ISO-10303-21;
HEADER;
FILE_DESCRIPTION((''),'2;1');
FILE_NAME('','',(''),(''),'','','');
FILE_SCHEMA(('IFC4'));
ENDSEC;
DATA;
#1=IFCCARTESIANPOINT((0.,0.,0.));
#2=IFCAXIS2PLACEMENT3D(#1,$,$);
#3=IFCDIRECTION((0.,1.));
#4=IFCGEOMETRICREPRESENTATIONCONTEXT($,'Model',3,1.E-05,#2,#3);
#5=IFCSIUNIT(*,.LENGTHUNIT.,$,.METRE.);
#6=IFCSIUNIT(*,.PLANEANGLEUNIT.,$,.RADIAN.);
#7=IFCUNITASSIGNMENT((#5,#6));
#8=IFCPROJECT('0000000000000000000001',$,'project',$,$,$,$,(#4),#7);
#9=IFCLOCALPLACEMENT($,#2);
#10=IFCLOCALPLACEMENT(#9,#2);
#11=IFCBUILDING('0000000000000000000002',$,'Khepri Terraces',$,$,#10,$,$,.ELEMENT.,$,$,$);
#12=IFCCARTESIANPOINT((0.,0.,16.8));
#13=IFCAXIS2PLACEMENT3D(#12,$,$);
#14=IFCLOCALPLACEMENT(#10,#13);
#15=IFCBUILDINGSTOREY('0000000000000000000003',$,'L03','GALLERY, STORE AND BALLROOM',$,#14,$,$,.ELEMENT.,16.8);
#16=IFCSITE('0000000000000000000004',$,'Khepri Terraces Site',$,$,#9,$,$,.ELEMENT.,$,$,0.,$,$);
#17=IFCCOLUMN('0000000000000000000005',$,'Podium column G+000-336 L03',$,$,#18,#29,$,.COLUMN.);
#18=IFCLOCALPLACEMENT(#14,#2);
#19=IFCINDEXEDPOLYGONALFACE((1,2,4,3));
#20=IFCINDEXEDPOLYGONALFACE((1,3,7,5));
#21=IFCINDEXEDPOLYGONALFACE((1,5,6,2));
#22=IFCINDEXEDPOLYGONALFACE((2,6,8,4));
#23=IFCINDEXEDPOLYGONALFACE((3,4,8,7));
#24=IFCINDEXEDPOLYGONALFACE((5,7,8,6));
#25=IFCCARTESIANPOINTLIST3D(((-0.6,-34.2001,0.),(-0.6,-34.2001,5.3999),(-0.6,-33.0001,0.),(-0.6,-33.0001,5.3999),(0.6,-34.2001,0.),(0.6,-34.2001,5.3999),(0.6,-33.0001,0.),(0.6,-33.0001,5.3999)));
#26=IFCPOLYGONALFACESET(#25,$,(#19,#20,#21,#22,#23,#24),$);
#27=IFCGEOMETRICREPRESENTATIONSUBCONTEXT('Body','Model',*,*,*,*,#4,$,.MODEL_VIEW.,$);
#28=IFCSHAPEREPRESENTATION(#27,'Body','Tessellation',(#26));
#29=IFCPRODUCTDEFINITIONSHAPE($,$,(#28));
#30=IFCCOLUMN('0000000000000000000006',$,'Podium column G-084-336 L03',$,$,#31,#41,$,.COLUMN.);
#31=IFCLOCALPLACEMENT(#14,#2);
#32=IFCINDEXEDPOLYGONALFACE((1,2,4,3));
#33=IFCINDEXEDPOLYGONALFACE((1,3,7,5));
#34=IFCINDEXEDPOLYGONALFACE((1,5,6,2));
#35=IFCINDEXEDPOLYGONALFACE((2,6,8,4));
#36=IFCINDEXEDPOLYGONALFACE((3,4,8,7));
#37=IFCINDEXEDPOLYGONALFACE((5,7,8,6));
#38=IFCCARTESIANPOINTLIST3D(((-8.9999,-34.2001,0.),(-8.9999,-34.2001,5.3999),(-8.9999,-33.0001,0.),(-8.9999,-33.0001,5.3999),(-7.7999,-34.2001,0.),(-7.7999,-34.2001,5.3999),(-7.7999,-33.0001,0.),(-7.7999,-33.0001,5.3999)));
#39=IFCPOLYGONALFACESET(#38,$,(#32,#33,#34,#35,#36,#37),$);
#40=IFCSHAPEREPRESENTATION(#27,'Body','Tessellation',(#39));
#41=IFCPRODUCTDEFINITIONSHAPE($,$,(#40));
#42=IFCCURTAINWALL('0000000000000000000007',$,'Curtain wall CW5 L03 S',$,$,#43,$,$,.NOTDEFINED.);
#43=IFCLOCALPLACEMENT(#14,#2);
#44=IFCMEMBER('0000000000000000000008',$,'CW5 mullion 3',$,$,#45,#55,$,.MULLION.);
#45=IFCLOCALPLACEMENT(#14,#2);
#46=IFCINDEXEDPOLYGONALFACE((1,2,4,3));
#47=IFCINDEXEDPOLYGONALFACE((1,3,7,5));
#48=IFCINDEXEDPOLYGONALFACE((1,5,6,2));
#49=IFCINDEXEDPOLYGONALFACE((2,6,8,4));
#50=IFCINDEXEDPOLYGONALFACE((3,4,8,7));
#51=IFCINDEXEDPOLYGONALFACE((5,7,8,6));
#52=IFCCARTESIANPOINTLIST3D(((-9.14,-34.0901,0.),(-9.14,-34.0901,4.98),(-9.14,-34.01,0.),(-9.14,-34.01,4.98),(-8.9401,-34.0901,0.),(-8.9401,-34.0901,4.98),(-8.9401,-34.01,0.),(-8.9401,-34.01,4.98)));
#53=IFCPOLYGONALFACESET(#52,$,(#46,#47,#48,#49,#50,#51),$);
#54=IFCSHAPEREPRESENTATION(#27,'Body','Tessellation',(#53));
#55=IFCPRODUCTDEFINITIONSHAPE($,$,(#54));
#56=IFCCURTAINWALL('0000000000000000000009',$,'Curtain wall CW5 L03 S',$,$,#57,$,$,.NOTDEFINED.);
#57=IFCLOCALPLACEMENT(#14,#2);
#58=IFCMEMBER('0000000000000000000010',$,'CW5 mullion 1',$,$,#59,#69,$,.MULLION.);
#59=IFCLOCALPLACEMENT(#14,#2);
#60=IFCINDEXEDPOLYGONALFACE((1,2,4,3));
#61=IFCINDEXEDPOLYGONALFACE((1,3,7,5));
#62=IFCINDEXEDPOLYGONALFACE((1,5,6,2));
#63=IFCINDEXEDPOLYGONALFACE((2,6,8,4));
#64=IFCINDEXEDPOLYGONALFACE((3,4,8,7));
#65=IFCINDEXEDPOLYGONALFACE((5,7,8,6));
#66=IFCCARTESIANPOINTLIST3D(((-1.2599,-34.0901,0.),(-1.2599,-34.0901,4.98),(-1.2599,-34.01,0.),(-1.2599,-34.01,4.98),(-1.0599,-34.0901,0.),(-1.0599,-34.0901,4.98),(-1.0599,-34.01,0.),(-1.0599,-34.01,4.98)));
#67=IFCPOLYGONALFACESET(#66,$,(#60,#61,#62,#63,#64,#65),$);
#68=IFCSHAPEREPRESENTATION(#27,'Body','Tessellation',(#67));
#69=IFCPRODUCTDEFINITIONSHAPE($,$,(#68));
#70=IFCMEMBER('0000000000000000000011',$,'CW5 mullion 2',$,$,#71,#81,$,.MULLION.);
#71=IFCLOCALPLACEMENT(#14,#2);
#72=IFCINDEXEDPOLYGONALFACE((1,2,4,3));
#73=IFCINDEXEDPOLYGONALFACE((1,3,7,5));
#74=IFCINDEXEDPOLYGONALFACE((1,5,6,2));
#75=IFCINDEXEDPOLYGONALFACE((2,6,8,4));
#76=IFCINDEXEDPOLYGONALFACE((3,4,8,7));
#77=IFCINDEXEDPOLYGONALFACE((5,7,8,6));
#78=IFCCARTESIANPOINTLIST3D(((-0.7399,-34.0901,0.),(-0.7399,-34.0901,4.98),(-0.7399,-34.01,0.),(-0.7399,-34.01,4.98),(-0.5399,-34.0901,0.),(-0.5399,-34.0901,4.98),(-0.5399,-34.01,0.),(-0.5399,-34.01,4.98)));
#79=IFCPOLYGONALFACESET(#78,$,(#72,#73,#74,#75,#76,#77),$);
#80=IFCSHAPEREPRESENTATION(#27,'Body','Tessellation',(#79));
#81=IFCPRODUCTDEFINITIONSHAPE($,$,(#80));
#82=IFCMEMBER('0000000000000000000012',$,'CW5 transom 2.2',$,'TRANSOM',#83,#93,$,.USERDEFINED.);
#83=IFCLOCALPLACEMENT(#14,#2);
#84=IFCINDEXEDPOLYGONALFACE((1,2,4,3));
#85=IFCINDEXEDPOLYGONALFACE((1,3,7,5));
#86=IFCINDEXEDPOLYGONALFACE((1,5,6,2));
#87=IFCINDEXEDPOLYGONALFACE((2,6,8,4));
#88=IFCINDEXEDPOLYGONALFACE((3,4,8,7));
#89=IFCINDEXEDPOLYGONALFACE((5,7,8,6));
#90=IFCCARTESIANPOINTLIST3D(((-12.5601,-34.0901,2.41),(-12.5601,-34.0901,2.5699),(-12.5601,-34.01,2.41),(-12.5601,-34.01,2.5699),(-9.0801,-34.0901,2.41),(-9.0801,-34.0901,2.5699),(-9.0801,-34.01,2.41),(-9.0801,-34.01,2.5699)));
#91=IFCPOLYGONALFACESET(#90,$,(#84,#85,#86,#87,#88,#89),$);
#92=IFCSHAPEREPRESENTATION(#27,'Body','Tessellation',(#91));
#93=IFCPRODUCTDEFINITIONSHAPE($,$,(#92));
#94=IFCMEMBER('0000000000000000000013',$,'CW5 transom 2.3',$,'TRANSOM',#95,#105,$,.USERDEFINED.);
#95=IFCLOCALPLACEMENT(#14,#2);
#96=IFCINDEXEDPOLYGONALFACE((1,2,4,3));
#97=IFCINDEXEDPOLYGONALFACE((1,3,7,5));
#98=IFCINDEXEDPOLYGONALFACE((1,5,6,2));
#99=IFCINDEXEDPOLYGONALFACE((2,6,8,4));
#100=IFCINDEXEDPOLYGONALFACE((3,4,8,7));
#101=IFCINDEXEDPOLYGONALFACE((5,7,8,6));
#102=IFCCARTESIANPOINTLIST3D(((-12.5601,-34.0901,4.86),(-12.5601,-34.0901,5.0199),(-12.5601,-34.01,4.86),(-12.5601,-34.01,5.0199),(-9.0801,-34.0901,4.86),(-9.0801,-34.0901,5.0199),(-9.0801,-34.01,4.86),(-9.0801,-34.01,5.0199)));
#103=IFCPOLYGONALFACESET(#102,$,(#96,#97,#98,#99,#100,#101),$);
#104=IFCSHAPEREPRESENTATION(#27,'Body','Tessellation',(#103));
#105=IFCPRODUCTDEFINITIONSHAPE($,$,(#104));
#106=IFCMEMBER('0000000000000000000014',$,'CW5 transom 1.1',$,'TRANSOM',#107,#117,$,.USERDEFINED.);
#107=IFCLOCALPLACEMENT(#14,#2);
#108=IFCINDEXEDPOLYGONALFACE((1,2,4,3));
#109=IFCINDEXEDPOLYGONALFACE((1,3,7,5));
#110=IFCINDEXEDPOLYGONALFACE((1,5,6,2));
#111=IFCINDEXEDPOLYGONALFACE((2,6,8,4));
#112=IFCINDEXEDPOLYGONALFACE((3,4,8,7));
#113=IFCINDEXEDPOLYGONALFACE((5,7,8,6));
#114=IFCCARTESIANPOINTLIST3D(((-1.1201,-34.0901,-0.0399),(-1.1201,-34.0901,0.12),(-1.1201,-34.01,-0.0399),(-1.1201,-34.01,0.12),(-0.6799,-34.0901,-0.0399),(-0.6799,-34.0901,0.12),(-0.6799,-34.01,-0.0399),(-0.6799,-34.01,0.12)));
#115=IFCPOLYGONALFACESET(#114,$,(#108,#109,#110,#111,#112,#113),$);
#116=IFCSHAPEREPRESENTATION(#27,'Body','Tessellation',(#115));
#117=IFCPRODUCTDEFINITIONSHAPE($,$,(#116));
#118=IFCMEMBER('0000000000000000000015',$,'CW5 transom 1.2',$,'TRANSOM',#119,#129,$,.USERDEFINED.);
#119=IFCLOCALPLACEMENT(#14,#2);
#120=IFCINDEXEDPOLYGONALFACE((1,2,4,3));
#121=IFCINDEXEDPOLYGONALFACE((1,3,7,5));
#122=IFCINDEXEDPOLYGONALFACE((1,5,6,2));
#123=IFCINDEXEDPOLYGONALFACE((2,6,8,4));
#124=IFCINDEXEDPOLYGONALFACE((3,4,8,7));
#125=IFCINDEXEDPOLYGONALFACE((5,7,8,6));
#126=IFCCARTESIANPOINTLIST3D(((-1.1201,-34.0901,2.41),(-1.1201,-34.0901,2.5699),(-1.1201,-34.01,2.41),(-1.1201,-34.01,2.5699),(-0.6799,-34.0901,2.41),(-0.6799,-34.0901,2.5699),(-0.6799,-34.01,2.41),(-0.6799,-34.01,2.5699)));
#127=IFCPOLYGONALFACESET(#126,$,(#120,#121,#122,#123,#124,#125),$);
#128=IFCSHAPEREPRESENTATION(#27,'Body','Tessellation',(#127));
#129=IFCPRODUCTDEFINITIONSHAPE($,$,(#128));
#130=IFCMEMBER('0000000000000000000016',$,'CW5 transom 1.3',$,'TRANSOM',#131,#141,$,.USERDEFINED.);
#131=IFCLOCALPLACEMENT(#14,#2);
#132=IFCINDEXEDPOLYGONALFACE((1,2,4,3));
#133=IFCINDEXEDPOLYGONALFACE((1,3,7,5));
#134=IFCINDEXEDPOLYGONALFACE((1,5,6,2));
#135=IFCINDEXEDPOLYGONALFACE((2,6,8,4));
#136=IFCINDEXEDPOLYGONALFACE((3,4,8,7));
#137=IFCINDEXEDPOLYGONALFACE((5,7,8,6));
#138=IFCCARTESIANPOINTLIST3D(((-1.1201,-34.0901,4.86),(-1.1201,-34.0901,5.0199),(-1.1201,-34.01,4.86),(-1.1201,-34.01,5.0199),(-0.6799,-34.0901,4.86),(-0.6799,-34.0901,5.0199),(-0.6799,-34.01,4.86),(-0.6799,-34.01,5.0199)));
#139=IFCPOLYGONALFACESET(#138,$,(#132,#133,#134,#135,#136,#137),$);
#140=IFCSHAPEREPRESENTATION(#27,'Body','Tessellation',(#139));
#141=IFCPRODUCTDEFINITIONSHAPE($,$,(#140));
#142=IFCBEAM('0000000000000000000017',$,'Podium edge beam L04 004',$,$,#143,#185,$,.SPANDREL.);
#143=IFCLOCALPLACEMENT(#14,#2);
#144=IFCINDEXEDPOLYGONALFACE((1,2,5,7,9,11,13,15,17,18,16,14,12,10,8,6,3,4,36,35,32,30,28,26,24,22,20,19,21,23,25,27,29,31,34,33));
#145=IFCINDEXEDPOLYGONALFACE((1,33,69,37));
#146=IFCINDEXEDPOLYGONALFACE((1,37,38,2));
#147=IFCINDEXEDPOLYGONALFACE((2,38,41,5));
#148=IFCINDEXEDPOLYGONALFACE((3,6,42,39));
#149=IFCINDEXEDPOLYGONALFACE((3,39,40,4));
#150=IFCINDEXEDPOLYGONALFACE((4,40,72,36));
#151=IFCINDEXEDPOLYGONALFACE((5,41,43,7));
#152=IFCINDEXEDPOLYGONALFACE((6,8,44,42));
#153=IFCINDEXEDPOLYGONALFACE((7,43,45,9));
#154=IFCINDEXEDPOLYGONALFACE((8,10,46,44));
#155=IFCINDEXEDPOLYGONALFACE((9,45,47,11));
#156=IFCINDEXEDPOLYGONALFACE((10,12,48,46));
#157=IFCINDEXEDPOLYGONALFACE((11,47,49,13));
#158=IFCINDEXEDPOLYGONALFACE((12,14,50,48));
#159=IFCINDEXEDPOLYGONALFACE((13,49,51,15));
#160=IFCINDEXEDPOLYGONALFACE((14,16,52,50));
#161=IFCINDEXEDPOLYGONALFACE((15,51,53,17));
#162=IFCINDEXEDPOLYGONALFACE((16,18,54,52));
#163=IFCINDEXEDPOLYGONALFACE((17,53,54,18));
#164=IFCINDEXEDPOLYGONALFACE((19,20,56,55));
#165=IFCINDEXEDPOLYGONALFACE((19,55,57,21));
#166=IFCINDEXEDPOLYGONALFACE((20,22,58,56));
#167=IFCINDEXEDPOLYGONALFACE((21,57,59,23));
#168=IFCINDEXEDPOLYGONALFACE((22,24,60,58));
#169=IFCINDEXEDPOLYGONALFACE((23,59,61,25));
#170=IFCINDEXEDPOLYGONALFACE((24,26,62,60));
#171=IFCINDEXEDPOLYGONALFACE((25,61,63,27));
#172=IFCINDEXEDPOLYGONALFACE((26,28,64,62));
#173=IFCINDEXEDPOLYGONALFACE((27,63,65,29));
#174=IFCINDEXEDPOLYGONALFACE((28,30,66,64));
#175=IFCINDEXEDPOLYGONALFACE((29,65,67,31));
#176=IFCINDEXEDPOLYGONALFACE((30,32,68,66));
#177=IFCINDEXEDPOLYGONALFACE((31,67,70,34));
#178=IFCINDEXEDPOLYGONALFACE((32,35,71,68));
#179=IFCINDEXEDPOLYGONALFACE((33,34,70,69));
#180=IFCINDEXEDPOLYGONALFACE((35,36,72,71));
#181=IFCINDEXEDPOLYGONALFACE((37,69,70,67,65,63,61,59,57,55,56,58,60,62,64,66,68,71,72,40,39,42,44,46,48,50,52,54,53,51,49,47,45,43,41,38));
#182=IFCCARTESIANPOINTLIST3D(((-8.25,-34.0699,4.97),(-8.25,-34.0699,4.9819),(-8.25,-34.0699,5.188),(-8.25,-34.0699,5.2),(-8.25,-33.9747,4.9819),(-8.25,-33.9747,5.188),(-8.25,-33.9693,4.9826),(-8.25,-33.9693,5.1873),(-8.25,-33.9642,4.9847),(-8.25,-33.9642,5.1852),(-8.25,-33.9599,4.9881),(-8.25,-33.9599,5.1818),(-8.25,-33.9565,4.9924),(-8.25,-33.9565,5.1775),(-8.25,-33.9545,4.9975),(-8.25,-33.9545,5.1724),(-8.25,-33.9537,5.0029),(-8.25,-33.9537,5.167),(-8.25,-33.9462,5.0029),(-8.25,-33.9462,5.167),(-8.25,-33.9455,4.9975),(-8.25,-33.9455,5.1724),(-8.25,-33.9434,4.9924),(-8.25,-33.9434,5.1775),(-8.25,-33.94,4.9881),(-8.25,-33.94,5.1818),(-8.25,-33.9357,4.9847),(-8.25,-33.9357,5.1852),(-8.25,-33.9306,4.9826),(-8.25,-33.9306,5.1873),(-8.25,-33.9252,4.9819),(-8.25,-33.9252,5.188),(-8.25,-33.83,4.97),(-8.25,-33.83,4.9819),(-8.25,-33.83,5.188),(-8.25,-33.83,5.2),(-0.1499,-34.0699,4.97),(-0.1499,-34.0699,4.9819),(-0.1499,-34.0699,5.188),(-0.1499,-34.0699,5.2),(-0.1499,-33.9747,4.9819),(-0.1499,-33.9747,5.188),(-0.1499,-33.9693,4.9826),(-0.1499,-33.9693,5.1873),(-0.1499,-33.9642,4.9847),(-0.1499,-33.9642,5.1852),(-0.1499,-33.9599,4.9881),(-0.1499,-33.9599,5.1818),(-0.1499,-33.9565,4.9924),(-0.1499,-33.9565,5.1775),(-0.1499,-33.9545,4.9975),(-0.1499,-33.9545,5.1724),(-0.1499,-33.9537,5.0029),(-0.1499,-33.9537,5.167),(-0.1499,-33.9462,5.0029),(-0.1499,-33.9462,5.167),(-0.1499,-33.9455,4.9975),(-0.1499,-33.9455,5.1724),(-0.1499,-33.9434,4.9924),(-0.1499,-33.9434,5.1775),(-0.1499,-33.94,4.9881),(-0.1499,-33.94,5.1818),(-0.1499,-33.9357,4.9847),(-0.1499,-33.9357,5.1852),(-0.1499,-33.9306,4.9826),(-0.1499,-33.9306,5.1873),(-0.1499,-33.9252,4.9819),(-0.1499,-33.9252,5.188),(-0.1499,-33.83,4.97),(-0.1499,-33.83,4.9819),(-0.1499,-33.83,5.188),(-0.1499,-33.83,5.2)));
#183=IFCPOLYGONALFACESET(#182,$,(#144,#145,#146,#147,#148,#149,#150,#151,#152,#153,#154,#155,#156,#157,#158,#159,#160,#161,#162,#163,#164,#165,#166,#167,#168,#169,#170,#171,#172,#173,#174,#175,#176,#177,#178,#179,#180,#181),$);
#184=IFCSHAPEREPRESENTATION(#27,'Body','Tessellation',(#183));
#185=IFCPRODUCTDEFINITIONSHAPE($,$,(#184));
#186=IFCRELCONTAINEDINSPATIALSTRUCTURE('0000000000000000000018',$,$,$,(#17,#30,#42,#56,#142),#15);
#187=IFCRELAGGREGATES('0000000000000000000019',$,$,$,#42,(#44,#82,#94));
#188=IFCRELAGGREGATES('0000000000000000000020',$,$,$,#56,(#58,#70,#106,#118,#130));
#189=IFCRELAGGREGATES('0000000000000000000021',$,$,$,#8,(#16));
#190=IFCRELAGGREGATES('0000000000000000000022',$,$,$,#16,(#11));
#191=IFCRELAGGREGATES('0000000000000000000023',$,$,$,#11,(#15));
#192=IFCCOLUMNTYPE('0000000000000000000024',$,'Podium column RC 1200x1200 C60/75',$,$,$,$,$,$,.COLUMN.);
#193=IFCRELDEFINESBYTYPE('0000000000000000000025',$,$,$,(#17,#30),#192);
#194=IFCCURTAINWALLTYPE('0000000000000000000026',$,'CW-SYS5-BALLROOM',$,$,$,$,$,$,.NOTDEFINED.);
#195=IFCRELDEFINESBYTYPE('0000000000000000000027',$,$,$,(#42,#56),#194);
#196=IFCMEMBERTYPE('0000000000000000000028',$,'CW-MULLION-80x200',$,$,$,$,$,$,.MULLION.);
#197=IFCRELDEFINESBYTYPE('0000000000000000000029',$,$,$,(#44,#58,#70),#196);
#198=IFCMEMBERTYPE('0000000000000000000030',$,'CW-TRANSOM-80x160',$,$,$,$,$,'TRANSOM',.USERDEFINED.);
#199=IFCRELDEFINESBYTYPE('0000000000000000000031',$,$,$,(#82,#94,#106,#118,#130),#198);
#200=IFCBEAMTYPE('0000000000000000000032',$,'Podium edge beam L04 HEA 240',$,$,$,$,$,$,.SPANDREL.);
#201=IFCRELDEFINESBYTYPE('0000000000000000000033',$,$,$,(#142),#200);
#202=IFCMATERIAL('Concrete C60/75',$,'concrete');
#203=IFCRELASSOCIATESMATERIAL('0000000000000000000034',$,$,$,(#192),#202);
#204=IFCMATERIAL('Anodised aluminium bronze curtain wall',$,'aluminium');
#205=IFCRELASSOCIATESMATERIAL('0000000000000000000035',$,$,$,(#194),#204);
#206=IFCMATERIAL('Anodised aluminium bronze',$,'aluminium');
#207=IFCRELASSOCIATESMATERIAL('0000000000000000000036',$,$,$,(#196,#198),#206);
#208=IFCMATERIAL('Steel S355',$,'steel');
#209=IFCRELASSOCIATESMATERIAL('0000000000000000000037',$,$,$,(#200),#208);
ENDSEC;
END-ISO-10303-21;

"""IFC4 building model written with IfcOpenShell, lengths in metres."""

from ifc_helpers import new_model, si_unit, direction, frame, origin, origin_2d, place, context, subcontext, project, spatial, rectangle, i_section, extrude, material, material_profile, profile_set, type_object, element, aggregate, save


model = new_model("IFC4")

# Units and contexts
model_context = context("Model", 3, precision=1e-05, world=origin(), true_north=direction((0.0, 1.0)))
body_context = subcontext(model_context, "Body", "Model", "MODEL_VIEW")
ifc_project = project(units=[si_unit("LENGTHUNIT", "METRE"), si_unit("PLANEANGLEUNIT", "RADIAN")], contexts=[model_context])

# Site, building, storey
site_placement = place(None, origin())
site = spatial("IfcSite", under=ifc_project, at=site_placement, Name="Khepri Terraces Site", CompositionType="ELEMENT", RefElevation=0.0)
building_placement = place(site_placement, origin())
building = spatial("IfcBuilding", under=site, at=building_placement, Name="Khepri Terraces", CompositionType="ELEMENT")
storey_placement = place(building_placement, frame((0.0, 0.0, 16.8)))
storey = spatial("IfcBuildingStorey", under=building, at=storey_placement, Name="L03", Description="GALLERY, STORE AND BALLROOM", CompositionType="ELEMENT", Elevation=16.8)

# Columns
ifc_material_1 = material(Name="Concrete C60/75", Category="concrete")
ifc_material_profile_1 = material_profile(ifc_material_1, rectangle(XDim=1.2, YDim=1.2, at=origin_2d()), Name="Concrete C60/75", Category="concrete")
ifc_profile_set_1 = profile_set([ifc_material_profile_1], Name="Concrete C60/75")
column_type = type_object("IfcColumnType", Name="Podium column RC 1200x1200 C60/75", PredefinedType="COLUMN", material=ifc_profile_set_1)
for number, where, z_axis, x_axis, name in (
    (1, (0.0, -33.6001, 0.0), (0.0, 0.0, 1.0), (1.0, 0.0, 0.0), "Podium column G+000-336 L03"),
    (2, (-8.3999, -33.6001, 0.0), (0.0, 0.0, 1.0), (1.0, 0.0, 0.0), "Podium column G-084-336 L03"),
):
    element("IfcColumn", number, at=place(storey_placement, frame(where, z_axis=z_axis, x_axis=x_axis)), inside=storey, type_object=column_type, Name=name, PredefinedType="COLUMN", context=body_context, shape_type="SweptSolid", body=[
        extrude(rectangle(XDim=1.2, YDim=1.2, at=origin_2d()), origin(), (0.0, 0.0, 1.0), 5.3999),
    ])

# Curtain wall, member
ifc_material_2 = material(Name="Anodised aluminium bronze curtain wall", Category="aluminium")
curtain_wall_type = type_object("IfcCurtainWallType", Name="CW-SYS5-BALLROOM", PredefinedType="NOTDEFINED", material=ifc_material_2)
curtain_wall_1_placement = place(storey_placement, origin())
curtain_wall_1 = element("IfcCurtainWall", 3, at=curtain_wall_1_placement, inside=storey, type_object=curtain_wall_type, Name="Curtain wall CW5 L03 S", PredefinedType="NOTDEFINED")
ifc_material_3 = material(Name="Anodised aluminium bronze", Category="aluminium")
ifc_material_profile_2 = material_profile(ifc_material_3, rectangle(XDim=0.0801, YDim=0.2, at=origin_2d()), Name="Anodised aluminium bronze", Category="aluminium")
ifc_profile_set_2 = profile_set([ifc_material_profile_2], Name="Anodised aluminium bronze")
member_type_1 = type_object("IfcMemberType", Name="CW-MULLION-80x200", PredefinedType="MULLION", material=ifc_profile_set_2)
member_1_placement = place(storey_placement, frame((-9.04, -34.05, 0.0), z_axis=(0.0, 0.0, 1.0), x_axis=(0.0, 1.0, 0.0)))
member_1 = element("IfcMember", 4, at=member_1_placement, type_object=member_type_1, Name="CW5 mullion 3", PredefinedType="MULLION", context=body_context, shape_type="SweptSolid", body=[
    extrude(rectangle(XDim=0.0801, YDim=0.2, at=origin_2d()), origin(), (0.0, 0.0, 1.0), 4.98),
])

# Curtain wall, members
curtain_wall_2_placement = place(storey_placement, origin())
curtain_wall_2 = element("IfcCurtainWall", 5, at=curtain_wall_2_placement, inside=storey, type_object=curtain_wall_type, Name="Curtain wall CW5 L03 S", PredefinedType="NOTDEFINED")
member_2_placement = place(storey_placement, frame((-1.1599, -34.05, 0.0), z_axis=(0.0, 0.0, 1.0), x_axis=(0.0, 1.0, 0.0)))
member_2 = element("IfcMember", 6, at=member_2_placement, type_object=member_type_1, Name="CW5 mullion 1", PredefinedType="MULLION", context=body_context, shape_type="SweptSolid", body=[
    extrude(rectangle(XDim=0.0801, YDim=0.2, at=origin_2d()), origin(), (0.0, 0.0, 1.0), 4.98),
])
member_3_placement = place(storey_placement, frame((-0.6399, -34.05, 0.0), z_axis=(0.0, 0.0, 1.0), x_axis=(0.0, 1.0, 0.0)))
member_3 = element("IfcMember", 7, at=member_3_placement, type_object=member_type_1, Name="CW5 mullion 2", PredefinedType="MULLION", context=body_context, shape_type="SweptSolid", body=[
    extrude(rectangle(XDim=0.0801, YDim=0.2, at=origin_2d()), origin(), (0.0, 0.0, 1.0), 4.98),
])

# Members
ifc_material_profile_3 = material_profile(ifc_material_3, rectangle(XDim=0.0801, YDim=0.1599, at=origin_2d()), Name="Anodised aluminium bronze", Category="aluminium")
ifc_profile_set_3 = profile_set([ifc_material_profile_3], Name="Anodised aluminium bronze")
member_type_2 = type_object("IfcMemberType", Name="CW-TRANSOM-80x160", ElementType="TRANSOM", PredefinedType="USERDEFINED", material=ifc_profile_set_3)
member_4_placement = place(storey_placement, frame((-12.5601, -34.05, 2.49), z_axis=(1.0, 0.0, 0.0), x_axis=(0.0, 1.0, 0.0)))
member_4 = element("IfcMember", 8, at=member_4_placement, type_object=member_type_2, Name="CW5 transom 2.2", ObjectType="TRANSOM", PredefinedType="USERDEFINED", context=body_context, shape_type="SweptSolid", body=[
    extrude(rectangle(XDim=0.0801, YDim=0.1599, at=origin_2d()), origin(), (0.0, 0.0, 1.0), 3.48),
])
member_5_placement = place(storey_placement, frame((-12.5601, -34.05, 4.9399), z_axis=(1.0, 0.0, 0.0), x_axis=(0.0, 1.0, 0.0)))
member_5 = element("IfcMember", 9, at=member_5_placement, type_object=member_type_2, Name="CW5 transom 2.3", ObjectType="TRANSOM", PredefinedType="USERDEFINED", context=body_context, shape_type="SweptSolid", body=[
    extrude(rectangle(XDim=0.0801, YDim=0.1599, at=origin_2d()), origin(), (0.0, 0.0, 1.0), 3.48),
])
member_6_placement = place(storey_placement, frame((-1.1201, -34.05, 0.04), z_axis=(1.0, 0.0, 0.0), x_axis=(0.0, 1.0, 0.0)))
member_6 = element("IfcMember", 10, at=member_6_placement, type_object=member_type_2, Name="CW5 transom 1.1", ObjectType="TRANSOM", PredefinedType="USERDEFINED", context=body_context, shape_type="SweptSolid", body=[
    extrude(rectangle(XDim=0.0801, YDim=0.1599, at=origin_2d()), origin(), (0.0, 0.0, 1.0), 0.4402),
])
member_7_placement = place(storey_placement, frame((-1.1201, -34.05, 2.49), z_axis=(1.0, 0.0, 0.0), x_axis=(0.0, 1.0, 0.0)))
member_7 = element("IfcMember", 11, at=member_7_placement, type_object=member_type_2, Name="CW5 transom 1.2", ObjectType="TRANSOM", PredefinedType="USERDEFINED", context=body_context, shape_type="SweptSolid", body=[
    extrude(rectangle(XDim=0.0801, YDim=0.1599, at=origin_2d()), origin(), (0.0, 0.0, 1.0), 0.4402),
])
member_8_placement = place(storey_placement, frame((-1.1201, -34.05, 4.9399), z_axis=(1.0, 0.0, 0.0), x_axis=(0.0, 1.0, 0.0)))
member_8 = element("IfcMember", 12, at=member_8_placement, type_object=member_type_2, Name="CW5 transom 1.3", ObjectType="TRANSOM", PredefinedType="USERDEFINED", context=body_context, shape_type="SweptSolid", body=[
    extrude(rectangle(XDim=0.0801, YDim=0.1599, at=origin_2d()), origin(), (0.0, 0.0, 1.0), 0.4402),
])

# Beam
ifc_material_4 = material(Name="Steel S355", Category="steel")
ifc_material_profile_4 = material_profile(ifc_material_4, i_section(OverallWidth=0.24, OverallDepth=0.23, WebThickness=0.0076, FlangeThickness=0.012, FilletRadius=0.021, at=origin_2d()), Name="Steel S355", Category="steel")
ifc_profile_set_4 = profile_set([ifc_material_profile_4], Name="Steel S355")
beam_type_1 = type_object("IfcBeamType", Name="Podium edge beam L04 HEA 240", PredefinedType="SPANDREL", material=ifc_profile_set_4)
beam_1_placement = place(storey_placement, frame((-8.25, -33.95, 5.085), z_axis=(1.0, 0.0, 0.0), x_axis=(0.0, 1.0, 0.0)))
element("IfcBeam", 13, at=beam_1_placement, inside=storey, type_object=beam_type_1, Name="Podium edge beam L04 004", PredefinedType="SPANDREL", context=body_context, shape_type="SweptSolid", body=[
    extrude(i_section(OverallWidth=0.24, OverallDepth=0.23, WebThickness=0.0076, FlangeThickness=0.012, FilletRadius=0.021, at=origin_2d()), origin(), (0.0, 0.0, 1.0), 8.1001),
])

aggregate(curtain_wall_1, [member_1, member_4, member_5])
aggregate(curtain_wall_2, [member_2, member_3, member_6, member_7, member_8])

save(model, "model.ifc")
